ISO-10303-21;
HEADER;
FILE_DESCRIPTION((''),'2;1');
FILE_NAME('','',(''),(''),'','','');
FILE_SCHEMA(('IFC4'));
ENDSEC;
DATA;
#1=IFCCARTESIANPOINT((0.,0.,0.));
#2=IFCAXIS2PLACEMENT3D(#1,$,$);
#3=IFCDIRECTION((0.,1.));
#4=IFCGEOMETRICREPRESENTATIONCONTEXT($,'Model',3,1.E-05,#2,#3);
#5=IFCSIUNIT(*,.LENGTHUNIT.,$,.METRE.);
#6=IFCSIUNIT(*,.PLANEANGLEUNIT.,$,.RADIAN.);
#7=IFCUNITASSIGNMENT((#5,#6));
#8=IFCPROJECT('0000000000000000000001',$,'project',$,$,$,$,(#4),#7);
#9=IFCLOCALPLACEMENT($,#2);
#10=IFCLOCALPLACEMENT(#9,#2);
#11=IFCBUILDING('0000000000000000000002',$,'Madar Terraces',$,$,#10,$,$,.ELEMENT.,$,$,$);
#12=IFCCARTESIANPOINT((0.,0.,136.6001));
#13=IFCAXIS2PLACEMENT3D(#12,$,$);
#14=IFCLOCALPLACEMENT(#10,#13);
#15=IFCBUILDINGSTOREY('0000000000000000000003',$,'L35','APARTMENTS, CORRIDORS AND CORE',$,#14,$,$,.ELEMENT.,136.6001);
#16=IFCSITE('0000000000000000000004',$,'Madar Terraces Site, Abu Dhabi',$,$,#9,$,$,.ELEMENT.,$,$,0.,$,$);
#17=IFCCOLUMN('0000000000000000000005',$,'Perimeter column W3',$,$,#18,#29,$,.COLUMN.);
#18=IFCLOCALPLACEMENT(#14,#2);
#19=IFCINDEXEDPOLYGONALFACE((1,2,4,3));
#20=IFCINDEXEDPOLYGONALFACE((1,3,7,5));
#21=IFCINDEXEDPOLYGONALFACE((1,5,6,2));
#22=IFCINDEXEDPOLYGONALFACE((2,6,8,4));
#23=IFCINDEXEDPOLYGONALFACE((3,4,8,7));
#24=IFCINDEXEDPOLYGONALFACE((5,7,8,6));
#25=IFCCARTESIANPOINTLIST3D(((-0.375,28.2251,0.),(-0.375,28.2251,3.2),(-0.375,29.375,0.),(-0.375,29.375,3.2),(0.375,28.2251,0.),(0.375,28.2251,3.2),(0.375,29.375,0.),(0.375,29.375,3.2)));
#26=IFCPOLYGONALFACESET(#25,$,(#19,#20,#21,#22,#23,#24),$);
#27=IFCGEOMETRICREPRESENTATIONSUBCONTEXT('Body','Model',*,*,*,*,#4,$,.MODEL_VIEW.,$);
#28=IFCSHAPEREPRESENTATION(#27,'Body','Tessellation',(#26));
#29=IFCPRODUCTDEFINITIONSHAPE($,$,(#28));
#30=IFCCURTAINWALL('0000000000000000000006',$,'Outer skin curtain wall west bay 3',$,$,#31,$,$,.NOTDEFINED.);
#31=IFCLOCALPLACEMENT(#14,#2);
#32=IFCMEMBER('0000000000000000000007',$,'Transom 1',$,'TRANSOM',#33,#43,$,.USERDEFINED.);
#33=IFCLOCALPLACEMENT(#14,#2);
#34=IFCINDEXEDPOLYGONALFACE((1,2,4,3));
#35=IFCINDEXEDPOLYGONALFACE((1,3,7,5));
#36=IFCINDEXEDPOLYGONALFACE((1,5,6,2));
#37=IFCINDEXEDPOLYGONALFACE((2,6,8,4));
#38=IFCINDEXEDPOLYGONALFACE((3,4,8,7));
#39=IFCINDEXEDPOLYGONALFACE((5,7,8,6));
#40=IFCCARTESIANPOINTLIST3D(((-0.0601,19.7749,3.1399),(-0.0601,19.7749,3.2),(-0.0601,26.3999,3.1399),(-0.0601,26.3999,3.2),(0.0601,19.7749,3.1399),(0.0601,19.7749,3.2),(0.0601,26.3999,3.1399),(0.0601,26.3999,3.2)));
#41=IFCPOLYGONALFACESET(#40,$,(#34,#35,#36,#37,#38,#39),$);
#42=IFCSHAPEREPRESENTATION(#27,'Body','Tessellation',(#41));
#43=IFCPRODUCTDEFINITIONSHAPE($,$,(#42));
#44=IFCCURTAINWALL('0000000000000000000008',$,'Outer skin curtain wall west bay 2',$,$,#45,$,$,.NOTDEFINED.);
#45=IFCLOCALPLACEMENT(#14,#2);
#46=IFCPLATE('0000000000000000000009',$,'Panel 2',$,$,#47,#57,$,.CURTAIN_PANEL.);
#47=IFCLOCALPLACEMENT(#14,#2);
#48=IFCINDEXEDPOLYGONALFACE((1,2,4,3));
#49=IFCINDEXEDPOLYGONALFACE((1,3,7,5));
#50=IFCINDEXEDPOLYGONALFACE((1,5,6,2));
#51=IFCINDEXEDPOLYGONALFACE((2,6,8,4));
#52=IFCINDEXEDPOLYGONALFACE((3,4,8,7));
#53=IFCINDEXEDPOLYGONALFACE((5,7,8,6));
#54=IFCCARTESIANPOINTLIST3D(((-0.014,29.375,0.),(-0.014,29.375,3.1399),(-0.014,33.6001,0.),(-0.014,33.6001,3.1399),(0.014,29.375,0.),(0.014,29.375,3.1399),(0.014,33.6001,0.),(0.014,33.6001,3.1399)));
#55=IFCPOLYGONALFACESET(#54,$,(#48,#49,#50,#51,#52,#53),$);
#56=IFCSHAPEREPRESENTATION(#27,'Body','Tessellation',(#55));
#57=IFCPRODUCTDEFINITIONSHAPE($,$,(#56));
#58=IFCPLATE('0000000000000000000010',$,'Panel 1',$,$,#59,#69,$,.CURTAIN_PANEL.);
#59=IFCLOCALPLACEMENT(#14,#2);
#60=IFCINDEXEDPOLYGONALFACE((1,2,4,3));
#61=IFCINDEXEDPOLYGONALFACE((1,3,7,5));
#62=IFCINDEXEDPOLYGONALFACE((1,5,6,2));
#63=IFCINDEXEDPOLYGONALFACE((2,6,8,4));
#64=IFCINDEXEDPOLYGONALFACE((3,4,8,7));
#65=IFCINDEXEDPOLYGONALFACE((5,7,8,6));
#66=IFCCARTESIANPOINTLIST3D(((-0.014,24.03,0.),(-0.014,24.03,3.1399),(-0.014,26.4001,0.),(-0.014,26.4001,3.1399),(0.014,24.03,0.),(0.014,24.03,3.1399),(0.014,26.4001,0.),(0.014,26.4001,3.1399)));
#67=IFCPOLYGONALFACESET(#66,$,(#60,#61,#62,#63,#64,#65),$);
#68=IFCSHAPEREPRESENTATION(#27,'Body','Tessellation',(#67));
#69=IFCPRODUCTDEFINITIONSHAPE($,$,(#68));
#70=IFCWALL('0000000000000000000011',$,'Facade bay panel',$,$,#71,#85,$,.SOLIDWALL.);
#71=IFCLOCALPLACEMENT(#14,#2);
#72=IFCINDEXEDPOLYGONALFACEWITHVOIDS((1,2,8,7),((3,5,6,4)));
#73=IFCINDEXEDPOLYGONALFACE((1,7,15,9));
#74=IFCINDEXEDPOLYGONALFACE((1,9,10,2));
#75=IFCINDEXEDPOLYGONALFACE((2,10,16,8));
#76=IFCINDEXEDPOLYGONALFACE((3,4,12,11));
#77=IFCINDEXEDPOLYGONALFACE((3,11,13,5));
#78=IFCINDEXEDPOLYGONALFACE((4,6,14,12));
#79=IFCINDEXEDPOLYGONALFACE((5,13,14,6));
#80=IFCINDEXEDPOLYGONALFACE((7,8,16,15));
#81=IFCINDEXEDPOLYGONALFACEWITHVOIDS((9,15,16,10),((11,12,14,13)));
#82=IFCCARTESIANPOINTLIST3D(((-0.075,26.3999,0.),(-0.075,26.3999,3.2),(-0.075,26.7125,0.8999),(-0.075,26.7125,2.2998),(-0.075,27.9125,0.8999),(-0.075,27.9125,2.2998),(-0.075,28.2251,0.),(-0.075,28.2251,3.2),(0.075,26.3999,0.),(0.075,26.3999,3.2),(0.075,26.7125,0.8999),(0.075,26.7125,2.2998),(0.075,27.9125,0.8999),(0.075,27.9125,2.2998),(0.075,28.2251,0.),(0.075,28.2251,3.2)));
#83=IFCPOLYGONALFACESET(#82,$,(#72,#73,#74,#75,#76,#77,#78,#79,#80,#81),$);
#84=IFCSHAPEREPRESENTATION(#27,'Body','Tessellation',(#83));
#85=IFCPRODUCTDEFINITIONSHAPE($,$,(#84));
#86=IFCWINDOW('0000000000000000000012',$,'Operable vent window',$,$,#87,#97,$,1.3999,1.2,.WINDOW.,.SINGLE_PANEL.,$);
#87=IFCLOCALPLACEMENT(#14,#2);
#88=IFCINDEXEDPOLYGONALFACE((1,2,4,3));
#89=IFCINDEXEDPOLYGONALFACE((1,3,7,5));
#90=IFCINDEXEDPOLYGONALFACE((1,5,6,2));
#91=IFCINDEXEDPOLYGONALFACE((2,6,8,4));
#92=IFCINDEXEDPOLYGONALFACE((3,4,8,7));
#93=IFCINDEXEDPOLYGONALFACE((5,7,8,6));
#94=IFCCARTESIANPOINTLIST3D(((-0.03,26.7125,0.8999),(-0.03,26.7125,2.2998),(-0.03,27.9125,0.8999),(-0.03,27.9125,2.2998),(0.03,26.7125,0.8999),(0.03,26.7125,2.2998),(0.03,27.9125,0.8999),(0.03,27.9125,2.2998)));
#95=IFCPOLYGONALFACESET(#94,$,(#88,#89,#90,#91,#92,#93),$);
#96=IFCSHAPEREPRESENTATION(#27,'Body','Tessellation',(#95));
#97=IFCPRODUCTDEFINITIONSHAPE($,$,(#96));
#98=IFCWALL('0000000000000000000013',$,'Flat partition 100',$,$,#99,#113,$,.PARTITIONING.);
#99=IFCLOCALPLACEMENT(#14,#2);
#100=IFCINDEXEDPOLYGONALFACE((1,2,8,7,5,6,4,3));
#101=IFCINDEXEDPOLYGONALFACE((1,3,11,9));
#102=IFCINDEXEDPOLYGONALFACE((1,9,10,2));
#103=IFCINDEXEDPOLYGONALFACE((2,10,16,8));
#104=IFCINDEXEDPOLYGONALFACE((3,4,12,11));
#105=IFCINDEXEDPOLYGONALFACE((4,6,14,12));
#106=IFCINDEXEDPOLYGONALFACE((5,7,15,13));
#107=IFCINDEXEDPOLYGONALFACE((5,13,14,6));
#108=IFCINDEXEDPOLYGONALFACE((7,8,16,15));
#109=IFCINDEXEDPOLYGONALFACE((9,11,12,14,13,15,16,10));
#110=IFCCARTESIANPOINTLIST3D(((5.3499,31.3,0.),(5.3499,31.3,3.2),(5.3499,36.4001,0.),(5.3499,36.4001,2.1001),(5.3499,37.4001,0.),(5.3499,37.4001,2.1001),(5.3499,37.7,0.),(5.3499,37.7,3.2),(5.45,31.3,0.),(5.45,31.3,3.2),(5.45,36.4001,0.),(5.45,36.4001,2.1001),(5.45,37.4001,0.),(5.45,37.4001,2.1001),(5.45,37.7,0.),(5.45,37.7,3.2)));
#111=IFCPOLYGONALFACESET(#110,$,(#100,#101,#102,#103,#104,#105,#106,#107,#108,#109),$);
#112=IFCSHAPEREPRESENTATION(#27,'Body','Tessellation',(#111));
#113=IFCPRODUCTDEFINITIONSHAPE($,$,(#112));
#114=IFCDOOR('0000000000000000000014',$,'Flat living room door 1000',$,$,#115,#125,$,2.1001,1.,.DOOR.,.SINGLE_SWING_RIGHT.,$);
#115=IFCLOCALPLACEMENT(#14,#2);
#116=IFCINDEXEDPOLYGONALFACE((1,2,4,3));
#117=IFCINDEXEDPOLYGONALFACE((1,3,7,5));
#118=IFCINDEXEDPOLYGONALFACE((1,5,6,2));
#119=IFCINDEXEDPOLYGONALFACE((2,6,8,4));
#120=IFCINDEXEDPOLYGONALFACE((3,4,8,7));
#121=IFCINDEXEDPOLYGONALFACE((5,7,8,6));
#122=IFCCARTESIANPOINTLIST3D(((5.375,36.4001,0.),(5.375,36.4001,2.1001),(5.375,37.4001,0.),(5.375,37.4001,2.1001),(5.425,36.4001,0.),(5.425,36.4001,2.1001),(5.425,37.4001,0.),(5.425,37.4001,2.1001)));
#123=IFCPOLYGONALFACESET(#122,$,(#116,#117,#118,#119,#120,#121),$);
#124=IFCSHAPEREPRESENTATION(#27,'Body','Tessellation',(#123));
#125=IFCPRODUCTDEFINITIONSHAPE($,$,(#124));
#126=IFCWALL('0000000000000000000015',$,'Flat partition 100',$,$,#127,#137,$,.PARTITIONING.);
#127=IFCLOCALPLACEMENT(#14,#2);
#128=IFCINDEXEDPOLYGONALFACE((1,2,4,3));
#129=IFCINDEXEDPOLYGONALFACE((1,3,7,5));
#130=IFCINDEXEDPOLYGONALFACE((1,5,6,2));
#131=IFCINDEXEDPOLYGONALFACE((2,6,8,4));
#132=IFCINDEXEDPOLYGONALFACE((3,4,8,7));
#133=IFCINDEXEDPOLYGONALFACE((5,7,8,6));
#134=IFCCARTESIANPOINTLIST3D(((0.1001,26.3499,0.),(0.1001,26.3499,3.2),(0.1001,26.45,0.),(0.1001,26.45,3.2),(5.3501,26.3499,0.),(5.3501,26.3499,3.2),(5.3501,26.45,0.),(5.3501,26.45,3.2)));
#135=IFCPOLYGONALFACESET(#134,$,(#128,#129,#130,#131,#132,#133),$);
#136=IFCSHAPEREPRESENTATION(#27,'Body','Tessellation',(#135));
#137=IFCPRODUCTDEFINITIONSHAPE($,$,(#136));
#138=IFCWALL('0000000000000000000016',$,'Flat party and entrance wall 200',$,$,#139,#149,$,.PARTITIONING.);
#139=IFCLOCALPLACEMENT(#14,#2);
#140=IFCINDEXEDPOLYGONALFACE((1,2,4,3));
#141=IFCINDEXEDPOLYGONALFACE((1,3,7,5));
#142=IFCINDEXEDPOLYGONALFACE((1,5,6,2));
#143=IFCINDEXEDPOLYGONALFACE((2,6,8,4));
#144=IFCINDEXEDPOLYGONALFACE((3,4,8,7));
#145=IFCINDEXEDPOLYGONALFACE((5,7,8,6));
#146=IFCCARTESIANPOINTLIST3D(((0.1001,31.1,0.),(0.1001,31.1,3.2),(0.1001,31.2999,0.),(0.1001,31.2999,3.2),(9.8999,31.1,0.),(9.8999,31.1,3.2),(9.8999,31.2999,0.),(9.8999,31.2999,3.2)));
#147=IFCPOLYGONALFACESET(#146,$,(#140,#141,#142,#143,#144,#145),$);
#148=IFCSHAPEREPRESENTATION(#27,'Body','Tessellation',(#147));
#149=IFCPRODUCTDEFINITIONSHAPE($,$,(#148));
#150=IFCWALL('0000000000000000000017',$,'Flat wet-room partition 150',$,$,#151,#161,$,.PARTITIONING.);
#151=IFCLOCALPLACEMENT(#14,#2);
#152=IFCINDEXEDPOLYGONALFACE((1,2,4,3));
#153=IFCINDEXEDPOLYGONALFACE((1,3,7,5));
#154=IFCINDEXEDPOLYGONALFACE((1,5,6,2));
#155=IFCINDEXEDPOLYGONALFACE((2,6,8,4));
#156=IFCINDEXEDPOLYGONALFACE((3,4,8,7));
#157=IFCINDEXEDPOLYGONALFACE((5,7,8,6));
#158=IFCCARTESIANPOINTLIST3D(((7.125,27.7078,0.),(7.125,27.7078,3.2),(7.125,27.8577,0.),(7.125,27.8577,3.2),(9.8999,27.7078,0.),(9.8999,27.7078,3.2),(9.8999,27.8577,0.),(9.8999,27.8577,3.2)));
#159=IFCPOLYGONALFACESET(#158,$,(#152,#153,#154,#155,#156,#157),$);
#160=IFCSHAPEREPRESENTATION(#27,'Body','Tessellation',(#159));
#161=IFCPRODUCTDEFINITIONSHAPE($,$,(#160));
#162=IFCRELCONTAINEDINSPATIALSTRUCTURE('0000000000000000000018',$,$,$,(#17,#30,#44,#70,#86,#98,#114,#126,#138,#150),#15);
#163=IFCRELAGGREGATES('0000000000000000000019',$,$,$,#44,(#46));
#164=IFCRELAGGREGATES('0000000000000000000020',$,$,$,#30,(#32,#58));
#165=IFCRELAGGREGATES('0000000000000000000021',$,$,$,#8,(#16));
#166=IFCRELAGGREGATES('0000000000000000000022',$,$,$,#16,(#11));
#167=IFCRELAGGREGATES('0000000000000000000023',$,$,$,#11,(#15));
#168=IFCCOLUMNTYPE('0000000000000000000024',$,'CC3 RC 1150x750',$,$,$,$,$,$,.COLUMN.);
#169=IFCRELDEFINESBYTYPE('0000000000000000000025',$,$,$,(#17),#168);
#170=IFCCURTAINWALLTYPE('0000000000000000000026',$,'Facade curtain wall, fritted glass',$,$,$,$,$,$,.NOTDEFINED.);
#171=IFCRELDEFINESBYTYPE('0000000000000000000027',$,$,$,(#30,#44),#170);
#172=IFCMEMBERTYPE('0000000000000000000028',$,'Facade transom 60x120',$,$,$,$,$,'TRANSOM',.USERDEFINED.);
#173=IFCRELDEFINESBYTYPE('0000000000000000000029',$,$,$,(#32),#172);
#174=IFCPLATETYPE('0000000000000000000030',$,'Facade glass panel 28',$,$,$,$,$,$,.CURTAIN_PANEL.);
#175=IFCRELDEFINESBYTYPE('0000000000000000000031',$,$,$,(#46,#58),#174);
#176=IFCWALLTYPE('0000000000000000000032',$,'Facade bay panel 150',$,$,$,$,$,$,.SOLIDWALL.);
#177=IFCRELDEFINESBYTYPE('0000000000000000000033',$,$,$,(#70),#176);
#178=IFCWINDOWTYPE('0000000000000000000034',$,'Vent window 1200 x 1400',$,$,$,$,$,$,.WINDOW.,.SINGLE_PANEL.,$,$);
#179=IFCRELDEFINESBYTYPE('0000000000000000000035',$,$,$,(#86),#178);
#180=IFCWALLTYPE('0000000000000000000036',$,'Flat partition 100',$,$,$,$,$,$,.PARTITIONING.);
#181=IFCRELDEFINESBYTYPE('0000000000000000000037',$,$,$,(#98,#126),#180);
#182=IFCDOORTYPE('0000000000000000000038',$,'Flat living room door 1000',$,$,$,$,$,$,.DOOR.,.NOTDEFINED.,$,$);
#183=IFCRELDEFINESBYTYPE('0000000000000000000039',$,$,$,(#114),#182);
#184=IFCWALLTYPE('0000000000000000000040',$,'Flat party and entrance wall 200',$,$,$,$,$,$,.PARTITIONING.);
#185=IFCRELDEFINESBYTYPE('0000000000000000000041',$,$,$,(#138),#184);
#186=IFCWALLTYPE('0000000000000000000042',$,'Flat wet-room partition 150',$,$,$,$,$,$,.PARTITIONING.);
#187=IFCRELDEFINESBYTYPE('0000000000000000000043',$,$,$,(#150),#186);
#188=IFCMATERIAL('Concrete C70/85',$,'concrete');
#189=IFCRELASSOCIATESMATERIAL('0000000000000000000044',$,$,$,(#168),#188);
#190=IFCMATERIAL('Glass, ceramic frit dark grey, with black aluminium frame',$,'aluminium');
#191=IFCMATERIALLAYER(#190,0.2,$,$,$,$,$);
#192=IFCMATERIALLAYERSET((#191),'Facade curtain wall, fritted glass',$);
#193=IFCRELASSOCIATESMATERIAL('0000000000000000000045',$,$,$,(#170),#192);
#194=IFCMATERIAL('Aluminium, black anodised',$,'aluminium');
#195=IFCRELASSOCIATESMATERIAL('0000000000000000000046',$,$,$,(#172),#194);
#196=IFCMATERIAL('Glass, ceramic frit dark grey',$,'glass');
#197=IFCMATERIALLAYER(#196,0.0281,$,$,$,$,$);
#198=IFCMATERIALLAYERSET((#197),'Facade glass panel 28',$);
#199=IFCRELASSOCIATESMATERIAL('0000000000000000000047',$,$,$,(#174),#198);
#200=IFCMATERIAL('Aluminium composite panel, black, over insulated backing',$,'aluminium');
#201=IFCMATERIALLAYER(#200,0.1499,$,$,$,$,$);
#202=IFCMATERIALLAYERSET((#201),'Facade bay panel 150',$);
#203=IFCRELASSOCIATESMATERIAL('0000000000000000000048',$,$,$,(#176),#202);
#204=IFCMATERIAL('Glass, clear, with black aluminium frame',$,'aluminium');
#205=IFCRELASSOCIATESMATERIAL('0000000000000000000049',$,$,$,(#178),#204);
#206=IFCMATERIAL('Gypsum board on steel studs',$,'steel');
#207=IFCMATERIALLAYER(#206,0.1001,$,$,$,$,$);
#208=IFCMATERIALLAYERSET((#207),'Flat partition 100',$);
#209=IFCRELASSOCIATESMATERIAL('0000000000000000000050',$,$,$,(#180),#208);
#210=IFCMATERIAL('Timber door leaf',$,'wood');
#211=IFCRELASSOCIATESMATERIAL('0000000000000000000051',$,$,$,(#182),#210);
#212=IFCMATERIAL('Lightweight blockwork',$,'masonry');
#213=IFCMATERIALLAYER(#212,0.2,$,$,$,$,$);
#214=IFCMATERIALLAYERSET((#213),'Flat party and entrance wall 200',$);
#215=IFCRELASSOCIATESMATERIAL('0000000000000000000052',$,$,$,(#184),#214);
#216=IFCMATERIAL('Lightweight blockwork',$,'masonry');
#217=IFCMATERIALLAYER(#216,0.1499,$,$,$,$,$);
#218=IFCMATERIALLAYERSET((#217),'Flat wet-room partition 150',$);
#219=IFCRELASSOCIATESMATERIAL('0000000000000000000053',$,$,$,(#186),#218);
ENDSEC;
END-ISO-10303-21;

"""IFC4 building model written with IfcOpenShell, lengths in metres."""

from ifc_helpers import new_model, si_unit, direction, frame, frame_2d, origin, origin_2d, place, context, subcontext, project, spatial, rectangle, extrude, material, layer, layer_set, material_profile, profile_set, type_object, element, fill, aggregate, save


model = new_model("IFC4")

# Units and contexts
model_context = context("Model", 3, precision=1e-05, world=origin(), true_north=direction((0.0, 1.0)))
body_context = subcontext(model_context, "Body", "Model", "MODEL_VIEW")
ifc_project = project(units=[si_unit("LENGTHUNIT", "METRE"), si_unit("PLANEANGLEUNIT", "RADIAN")], contexts=[model_context])

# Site, building, storey
site_placement = place(None, origin())
site = spatial("IfcSite", under=ifc_project, at=site_placement, Name="Madar Terraces Site, Abu Dhabi", CompositionType="ELEMENT", RefElevation=0.0)
building_placement = place(site_placement, origin())
building = spatial("IfcBuilding", under=site, at=building_placement, Name="Madar Terraces", CompositionType="ELEMENT")
storey_placement = place(building_placement, frame((0.0, 0.0, 136.6001)))
storey = spatial("IfcBuildingStorey", under=building, at=storey_placement, Name="L35", Description="APARTMENTS, CORRIDORS AND CORE", CompositionType="ELEMENT", Elevation=136.6001)

# Column
ifc_material_1 = material(Name="Concrete C70/85", Category="concrete")
ifc_material_profile_1 = material_profile(ifc_material_1, rectangle(XDim=1.1499, YDim=0.75, at=origin_2d()), Name="CC3 RC 1150x750")
ifc_profile_set_1 = profile_set([ifc_material_profile_1], Name="Concrete C70/85")
column_type = type_object("IfcColumnType", Name="CC3 RC 1150x750", PredefinedType="COLUMN", material=ifc_profile_set_1)
column_placement = place(storey_placement, frame((0.0, 28.8, 0.0), z_axis=(0.0, 0.0, 1.0), x_axis=(0.0, 1.0, 0.0)))
element("IfcColumn", 1, at=column_placement, inside=storey, type_object=column_type, Name="Perimeter column W3", PredefinedType="COLUMN", context=body_context, shape_type="SweptSolid", body=[
    extrude(rectangle(XDim=1.1499, YDim=0.75, at=origin_2d()), origin(), (0.0, 0.0, 1.0), 3.2),
])

# Curtain wall, member
ifc_material_2 = material(Name="Glass, ceramic frit dark grey, with black aluminium frame", Category="aluminium")
ifc_layer_1 = layer(ifc_material_2, 0.2)
ifc_layer_set_1 = layer_set([ifc_layer_1], Name="Facade curtain wall, fritted glass")
curtain_wall_type = type_object("IfcCurtainWallType", Name="Facade curtain wall, fritted glass", PredefinedType="NOTDEFINED", material=ifc_layer_set_1)
curtain_wall_1_placement = place(storey_placement, origin())
curtain_wall_1 = element("IfcCurtainWall", 2, at=curtain_wall_1_placement, inside=storey, type_object=curtain_wall_type, Name="Outer skin curtain wall west bay 3", PredefinedType="NOTDEFINED")
ifc_material_3 = material(Name="Aluminium, black anodised", Category="aluminium")
ifc_material_profile_2 = material_profile(ifc_material_3, rectangle(XDim=0.1201, YDim=0.0601, at=origin_2d()), Name="Facade transom 60x120")
ifc_profile_set_2 = profile_set([ifc_material_profile_2], Name="Aluminium, black anodised")
member_type = type_object("IfcMemberType", Name="Facade transom 60x120", ElementType="TRANSOM", PredefinedType="USERDEFINED", material=ifc_profile_set_2)
member_placement = place(storey_placement, frame((0.0, 26.3999, 3.1699), z_axis=(0.0, -1.0, 0.0), x_axis=(1.0, 0.0, 0.0)))
member = element("IfcMember", 3, at=member_placement, type_object=member_type, Name="Transom 1", ObjectType="TRANSOM", PredefinedType="USERDEFINED", context=body_context, shape_type="SweptSolid", body=[
    extrude(rectangle(XDim=0.1201, YDim=0.0601, at=origin_2d()), origin(), (0.0, 0.0, 1.0), 6.625),
])

# Curtain wall, plate
curtain_wall_2_placement = place(storey_placement, origin())
curtain_wall_2 = element("IfcCurtainWall", 4, at=curtain_wall_2_placement, inside=storey, type_object=curtain_wall_type, Name="Outer skin curtain wall west bay 2", PredefinedType="NOTDEFINED")
ifc_material_4 = material(Name="Glass, ceramic frit dark grey", Category="glass")
ifc_layer_2 = layer(ifc_material_4, 0.0281)
ifc_layer_set_2 = layer_set([ifc_layer_2], Name="Facade glass panel 28")
plate_type = type_object("IfcPlateType", Name="Facade glass panel 28", PredefinedType="CURTAIN_PANEL", material=ifc_layer_set_2)
plate_1_placement = place(storey_placement, frame((0.0, 31.4875, 0.0), z_axis=(0.0, 0.0, 1.0), x_axis=(0.0, -1.0, 0.0)))
plate_1 = element("IfcPlate", 5, at=plate_1_placement, type_object=plate_type, Name="Panel 2", PredefinedType="CURTAIN_PANEL", context=body_context, shape_type="SweptSolid", body=[
    extrude(rectangle(XDim=4.2251, YDim=0.0281, at=origin_2d()), origin(), (0.0, 0.0, 1.0), 3.1399),
])
aggregate(curtain_wall_2, [plate_1])

# Plate
plate_2_placement = place(storey_placement, frame((0.0, 25.2151, 0.0), z_axis=(0.0, 0.0, 1.0), x_axis=(0.0, -1.0, 0.0)))
plate_2 = element("IfcPlate", 6, at=plate_2_placement, type_object=plate_type, Name="Panel 1", PredefinedType="CURTAIN_PANEL", context=body_context, shape_type="SweptSolid", body=[
    extrude(rectangle(XDim=2.3701, YDim=0.0281, at=origin_2d()), origin(), (0.0, 0.0, 1.0), 3.1399),
])
aggregate(curtain_wall_1, [member, plate_2])

# Wall, opening, window
ifc_material_5 = material(Name="Aluminium composite panel, black, over insulated backing", Category="aluminium")
ifc_layer_3 = layer(ifc_material_5, 0.1499)
ifc_layer_set_3 = layer_set([ifc_layer_3], Name="Facade bay panel 150")
wall_type_1 = type_object("IfcWallType", Name="Facade bay panel 150", PredefinedType="SOLIDWALL", material=ifc_layer_set_3)
wall_1_placement = place(storey_placement, frame((0.0, 28.2251, 0.0), z_axis=(0.0, 0.0, 1.0), x_axis=(0.0, -1.0, 0.0)))
wall_1 = element("IfcWall", 7, at=wall_1_placement, inside=storey, type_object=wall_type_1, Name="Facade bay panel", PredefinedType="SOLIDWALL", context=body_context, shape_type="SweptSolid", body=[
    extrude(rectangle(XDim=1.8252, YDim=0.1499, at=frame_2d((0.9126, 0.0))), origin(), (0.0, 0.0, 1.0), 3.2),
])
opening_1_placement = place(wall_1_placement, frame((0.3125, 0.0, 0.8999)))
opening_1 = element("IfcOpeningElement", 8, at=opening_1_placement, cuts=wall_1, PredefinedType="OPENING", context=body_context, shape_type="SweptSolid", body=[
    extrude(rectangle(XDim=1.2, YDim=1.3999, at=frame_2d((0.6001, 0.7))), frame((0.0, 0.085, 0.0), z_axis=(0.0, -1.0, 0.0), x_axis=(1.0, 0.0, 0.0)), (0.0, 0.0, 1.0), 0.1699),
])
ifc_material_6 = material(Name="Glass, clear, with black aluminium frame", Category="aluminium")
window_type = type_object("IfcWindowType", Name="Vent window 1200 x 1400", PartitioningType="SINGLE_PANEL", PredefinedType="WINDOW", material=ifc_material_6)
window_placement = place(opening_1_placement, origin())
window = element("IfcWindow", 9, at=window_placement, inside=storey, type_object=window_type, Name="Operable vent window", OverallHeight=1.3999, OverallWidth=1.2, PartitioningType="SINGLE_PANEL", PredefinedType="WINDOW", context=body_context, shape_type="SweptSolid", body=[
    extrude(rectangle(XDim=1.2, YDim=1.3999, at=frame_2d((0.6001, 0.7))), frame((0.0, 0.03, 0.0), z_axis=(0.0, -1.0, 0.0), x_axis=(1.0, 0.0, 0.0)), (0.0, 0.0, 1.0), 0.0601),
])
fill(opening_1, window)

# Wall, opening, door
ifc_material_7 = material(Name="Gypsum board on steel studs", Category="steel")
ifc_layer_4 = layer(ifc_material_7, 0.1001)
ifc_layer_set_4 = layer_set([ifc_layer_4], Name="Flat partition 100")
wall_type_2 = type_object("IfcWallType", Name="Flat partition 100", PredefinedType="PARTITIONING", material=ifc_layer_set_4)
wall_2_placement = place(storey_placement, frame((5.3999, 31.3, 0.0), z_axis=(0.0, 0.0, 1.0), x_axis=(0.0, 1.0, 0.0)))
wall_2 = element("IfcWall", 10, at=wall_2_placement, inside=storey, type_object=wall_type_2, Name="Flat partition 100", PredefinedType="PARTITIONING", context=body_context, shape_type="SweptSolid", body=[
    extrude(rectangle(XDim=6.3999, YDim=0.1001, at=frame_2d((3.2, 0.0))), origin(), (0.0, 0.0, 1.0), 3.2),
])
opening_2_placement = place(wall_2_placement, frame((5.1001, 0.0, 0.0)))
opening_2 = element("IfcOpeningElement", 11, at=opening_2_placement, cuts=wall_2, PredefinedType="OPENING", context=body_context, shape_type="SweptSolid", body=[
    extrude(rectangle(XDim=1.0, YDim=2.1001, at=frame_2d((0.5, 1.05))), frame((0.0, 0.0601, 0.0), z_axis=(0.0, -1.0, 0.0), x_axis=(1.0, 0.0, 0.0)), (0.0, 0.0, 1.0), 0.1201),
])
ifc_material_8 = material(Name="Timber door leaf", Category="wood")
door_type_1 = type_object("IfcDoorType", Name="Flat living room door 1000", OperationType="NOTDEFINED", PredefinedType="DOOR", material=ifc_material_8)
door_1_placement = place(opening_2_placement, origin())
door_1 = element("IfcDoor", 12, at=door_1_placement, inside=storey, type_object=door_type_1, Name="Flat living room door 1000", OperationType="SINGLE_SWING_RIGHT", OverallHeight=2.1001, OverallWidth=1.0, PredefinedType="DOOR", context=body_context, shape_type="SweptSolid", body=[
    extrude(rectangle(XDim=1.0, YDim=2.1001, at=frame_2d((0.5, 1.05))), frame((0.0, 0.0249, 0.0), z_axis=(0.0, -1.0, 0.0), x_axis=(1.0, 0.0, 0.0)), (0.0, 0.0, 1.0), 0.05),
])
fill(opening_2, door_1)

# Walls
wall_3_placement = place(storey_placement, frame((5.3501, 26.3999, 0.0), z_axis=(0.0, 0.0, 1.0), x_axis=(-1.0, 0.0, 0.0)))
element("IfcWall", 13, at=wall_3_placement, inside=storey, type_object=wall_type_2, Name="Flat partition 100", PredefinedType="PARTITIONING", context=body_context, shape_type="SweptSolid", body=[
    extrude(rectangle(XDim=5.25, YDim=0.1001, at=frame_2d((2.625, 0.0))), origin(), (0.0, 0.0, 1.0), 3.2),
])
ifc_material_9 = material(Name="Lightweight blockwork", Category="masonry")
ifc_layer_5 = layer(ifc_material_9, 0.2)
ifc_layer_set_5 = layer_set([ifc_layer_5], Name="Flat party and entrance wall 200")
wall_type_3 = type_object("IfcWallType", Name="Flat party and entrance wall 200", PredefinedType="PARTITIONING", material=ifc_layer_set_5)
wall_4_placement = place(storey_placement, frame((0.1001, 31.2, 0.0), z_axis=(0.0, 0.0, 1.0), x_axis=(1.0, 0.0, 0.0)))
element("IfcWall", 14, at=wall_4_placement, inside=storey, type_object=wall_type_3, Name="Flat party and entrance wall 200", PredefinedType="PARTITIONING", context=body_context, shape_type="SweptSolid", body=[
    extrude(rectangle(XDim=9.7998, YDim=0.2, at=frame_2d((4.8999, 0.0))), origin(), (0.0, 0.0, 1.0), 3.2),
])
ifc_material_10 = material(Name="Lightweight blockwork", Category="masonry")
ifc_layer_6 = layer(ifc_material_10, 0.1499)
ifc_layer_set_6 = layer_set([ifc_layer_6], Name="Flat wet-room partition 150")
wall_type_4 = type_object("IfcWallType", Name="Flat wet-room partition 150", PredefinedType="PARTITIONING", material=ifc_layer_set_6)
wall_5_placement = place(storey_placement, frame((9.8999, 27.7827, 0.0), z_axis=(0.0, 0.0, 1.0), x_axis=(-1.0, 0.0, 0.0)))
element("IfcWall", 15, at=wall_5_placement, inside=storey, type_object=wall_type_4, Name="Flat wet-room partition 150", PredefinedType="PARTITIONING", context=body_context, shape_type="SweptSolid", body=[
    extrude(rectangle(XDim=2.7749, YDim=0.1499, at=frame_2d((1.3875, 0.0))), origin(), (0.0, 0.0, 1.0), 3.2),
])

save(model, "model.ifc")
